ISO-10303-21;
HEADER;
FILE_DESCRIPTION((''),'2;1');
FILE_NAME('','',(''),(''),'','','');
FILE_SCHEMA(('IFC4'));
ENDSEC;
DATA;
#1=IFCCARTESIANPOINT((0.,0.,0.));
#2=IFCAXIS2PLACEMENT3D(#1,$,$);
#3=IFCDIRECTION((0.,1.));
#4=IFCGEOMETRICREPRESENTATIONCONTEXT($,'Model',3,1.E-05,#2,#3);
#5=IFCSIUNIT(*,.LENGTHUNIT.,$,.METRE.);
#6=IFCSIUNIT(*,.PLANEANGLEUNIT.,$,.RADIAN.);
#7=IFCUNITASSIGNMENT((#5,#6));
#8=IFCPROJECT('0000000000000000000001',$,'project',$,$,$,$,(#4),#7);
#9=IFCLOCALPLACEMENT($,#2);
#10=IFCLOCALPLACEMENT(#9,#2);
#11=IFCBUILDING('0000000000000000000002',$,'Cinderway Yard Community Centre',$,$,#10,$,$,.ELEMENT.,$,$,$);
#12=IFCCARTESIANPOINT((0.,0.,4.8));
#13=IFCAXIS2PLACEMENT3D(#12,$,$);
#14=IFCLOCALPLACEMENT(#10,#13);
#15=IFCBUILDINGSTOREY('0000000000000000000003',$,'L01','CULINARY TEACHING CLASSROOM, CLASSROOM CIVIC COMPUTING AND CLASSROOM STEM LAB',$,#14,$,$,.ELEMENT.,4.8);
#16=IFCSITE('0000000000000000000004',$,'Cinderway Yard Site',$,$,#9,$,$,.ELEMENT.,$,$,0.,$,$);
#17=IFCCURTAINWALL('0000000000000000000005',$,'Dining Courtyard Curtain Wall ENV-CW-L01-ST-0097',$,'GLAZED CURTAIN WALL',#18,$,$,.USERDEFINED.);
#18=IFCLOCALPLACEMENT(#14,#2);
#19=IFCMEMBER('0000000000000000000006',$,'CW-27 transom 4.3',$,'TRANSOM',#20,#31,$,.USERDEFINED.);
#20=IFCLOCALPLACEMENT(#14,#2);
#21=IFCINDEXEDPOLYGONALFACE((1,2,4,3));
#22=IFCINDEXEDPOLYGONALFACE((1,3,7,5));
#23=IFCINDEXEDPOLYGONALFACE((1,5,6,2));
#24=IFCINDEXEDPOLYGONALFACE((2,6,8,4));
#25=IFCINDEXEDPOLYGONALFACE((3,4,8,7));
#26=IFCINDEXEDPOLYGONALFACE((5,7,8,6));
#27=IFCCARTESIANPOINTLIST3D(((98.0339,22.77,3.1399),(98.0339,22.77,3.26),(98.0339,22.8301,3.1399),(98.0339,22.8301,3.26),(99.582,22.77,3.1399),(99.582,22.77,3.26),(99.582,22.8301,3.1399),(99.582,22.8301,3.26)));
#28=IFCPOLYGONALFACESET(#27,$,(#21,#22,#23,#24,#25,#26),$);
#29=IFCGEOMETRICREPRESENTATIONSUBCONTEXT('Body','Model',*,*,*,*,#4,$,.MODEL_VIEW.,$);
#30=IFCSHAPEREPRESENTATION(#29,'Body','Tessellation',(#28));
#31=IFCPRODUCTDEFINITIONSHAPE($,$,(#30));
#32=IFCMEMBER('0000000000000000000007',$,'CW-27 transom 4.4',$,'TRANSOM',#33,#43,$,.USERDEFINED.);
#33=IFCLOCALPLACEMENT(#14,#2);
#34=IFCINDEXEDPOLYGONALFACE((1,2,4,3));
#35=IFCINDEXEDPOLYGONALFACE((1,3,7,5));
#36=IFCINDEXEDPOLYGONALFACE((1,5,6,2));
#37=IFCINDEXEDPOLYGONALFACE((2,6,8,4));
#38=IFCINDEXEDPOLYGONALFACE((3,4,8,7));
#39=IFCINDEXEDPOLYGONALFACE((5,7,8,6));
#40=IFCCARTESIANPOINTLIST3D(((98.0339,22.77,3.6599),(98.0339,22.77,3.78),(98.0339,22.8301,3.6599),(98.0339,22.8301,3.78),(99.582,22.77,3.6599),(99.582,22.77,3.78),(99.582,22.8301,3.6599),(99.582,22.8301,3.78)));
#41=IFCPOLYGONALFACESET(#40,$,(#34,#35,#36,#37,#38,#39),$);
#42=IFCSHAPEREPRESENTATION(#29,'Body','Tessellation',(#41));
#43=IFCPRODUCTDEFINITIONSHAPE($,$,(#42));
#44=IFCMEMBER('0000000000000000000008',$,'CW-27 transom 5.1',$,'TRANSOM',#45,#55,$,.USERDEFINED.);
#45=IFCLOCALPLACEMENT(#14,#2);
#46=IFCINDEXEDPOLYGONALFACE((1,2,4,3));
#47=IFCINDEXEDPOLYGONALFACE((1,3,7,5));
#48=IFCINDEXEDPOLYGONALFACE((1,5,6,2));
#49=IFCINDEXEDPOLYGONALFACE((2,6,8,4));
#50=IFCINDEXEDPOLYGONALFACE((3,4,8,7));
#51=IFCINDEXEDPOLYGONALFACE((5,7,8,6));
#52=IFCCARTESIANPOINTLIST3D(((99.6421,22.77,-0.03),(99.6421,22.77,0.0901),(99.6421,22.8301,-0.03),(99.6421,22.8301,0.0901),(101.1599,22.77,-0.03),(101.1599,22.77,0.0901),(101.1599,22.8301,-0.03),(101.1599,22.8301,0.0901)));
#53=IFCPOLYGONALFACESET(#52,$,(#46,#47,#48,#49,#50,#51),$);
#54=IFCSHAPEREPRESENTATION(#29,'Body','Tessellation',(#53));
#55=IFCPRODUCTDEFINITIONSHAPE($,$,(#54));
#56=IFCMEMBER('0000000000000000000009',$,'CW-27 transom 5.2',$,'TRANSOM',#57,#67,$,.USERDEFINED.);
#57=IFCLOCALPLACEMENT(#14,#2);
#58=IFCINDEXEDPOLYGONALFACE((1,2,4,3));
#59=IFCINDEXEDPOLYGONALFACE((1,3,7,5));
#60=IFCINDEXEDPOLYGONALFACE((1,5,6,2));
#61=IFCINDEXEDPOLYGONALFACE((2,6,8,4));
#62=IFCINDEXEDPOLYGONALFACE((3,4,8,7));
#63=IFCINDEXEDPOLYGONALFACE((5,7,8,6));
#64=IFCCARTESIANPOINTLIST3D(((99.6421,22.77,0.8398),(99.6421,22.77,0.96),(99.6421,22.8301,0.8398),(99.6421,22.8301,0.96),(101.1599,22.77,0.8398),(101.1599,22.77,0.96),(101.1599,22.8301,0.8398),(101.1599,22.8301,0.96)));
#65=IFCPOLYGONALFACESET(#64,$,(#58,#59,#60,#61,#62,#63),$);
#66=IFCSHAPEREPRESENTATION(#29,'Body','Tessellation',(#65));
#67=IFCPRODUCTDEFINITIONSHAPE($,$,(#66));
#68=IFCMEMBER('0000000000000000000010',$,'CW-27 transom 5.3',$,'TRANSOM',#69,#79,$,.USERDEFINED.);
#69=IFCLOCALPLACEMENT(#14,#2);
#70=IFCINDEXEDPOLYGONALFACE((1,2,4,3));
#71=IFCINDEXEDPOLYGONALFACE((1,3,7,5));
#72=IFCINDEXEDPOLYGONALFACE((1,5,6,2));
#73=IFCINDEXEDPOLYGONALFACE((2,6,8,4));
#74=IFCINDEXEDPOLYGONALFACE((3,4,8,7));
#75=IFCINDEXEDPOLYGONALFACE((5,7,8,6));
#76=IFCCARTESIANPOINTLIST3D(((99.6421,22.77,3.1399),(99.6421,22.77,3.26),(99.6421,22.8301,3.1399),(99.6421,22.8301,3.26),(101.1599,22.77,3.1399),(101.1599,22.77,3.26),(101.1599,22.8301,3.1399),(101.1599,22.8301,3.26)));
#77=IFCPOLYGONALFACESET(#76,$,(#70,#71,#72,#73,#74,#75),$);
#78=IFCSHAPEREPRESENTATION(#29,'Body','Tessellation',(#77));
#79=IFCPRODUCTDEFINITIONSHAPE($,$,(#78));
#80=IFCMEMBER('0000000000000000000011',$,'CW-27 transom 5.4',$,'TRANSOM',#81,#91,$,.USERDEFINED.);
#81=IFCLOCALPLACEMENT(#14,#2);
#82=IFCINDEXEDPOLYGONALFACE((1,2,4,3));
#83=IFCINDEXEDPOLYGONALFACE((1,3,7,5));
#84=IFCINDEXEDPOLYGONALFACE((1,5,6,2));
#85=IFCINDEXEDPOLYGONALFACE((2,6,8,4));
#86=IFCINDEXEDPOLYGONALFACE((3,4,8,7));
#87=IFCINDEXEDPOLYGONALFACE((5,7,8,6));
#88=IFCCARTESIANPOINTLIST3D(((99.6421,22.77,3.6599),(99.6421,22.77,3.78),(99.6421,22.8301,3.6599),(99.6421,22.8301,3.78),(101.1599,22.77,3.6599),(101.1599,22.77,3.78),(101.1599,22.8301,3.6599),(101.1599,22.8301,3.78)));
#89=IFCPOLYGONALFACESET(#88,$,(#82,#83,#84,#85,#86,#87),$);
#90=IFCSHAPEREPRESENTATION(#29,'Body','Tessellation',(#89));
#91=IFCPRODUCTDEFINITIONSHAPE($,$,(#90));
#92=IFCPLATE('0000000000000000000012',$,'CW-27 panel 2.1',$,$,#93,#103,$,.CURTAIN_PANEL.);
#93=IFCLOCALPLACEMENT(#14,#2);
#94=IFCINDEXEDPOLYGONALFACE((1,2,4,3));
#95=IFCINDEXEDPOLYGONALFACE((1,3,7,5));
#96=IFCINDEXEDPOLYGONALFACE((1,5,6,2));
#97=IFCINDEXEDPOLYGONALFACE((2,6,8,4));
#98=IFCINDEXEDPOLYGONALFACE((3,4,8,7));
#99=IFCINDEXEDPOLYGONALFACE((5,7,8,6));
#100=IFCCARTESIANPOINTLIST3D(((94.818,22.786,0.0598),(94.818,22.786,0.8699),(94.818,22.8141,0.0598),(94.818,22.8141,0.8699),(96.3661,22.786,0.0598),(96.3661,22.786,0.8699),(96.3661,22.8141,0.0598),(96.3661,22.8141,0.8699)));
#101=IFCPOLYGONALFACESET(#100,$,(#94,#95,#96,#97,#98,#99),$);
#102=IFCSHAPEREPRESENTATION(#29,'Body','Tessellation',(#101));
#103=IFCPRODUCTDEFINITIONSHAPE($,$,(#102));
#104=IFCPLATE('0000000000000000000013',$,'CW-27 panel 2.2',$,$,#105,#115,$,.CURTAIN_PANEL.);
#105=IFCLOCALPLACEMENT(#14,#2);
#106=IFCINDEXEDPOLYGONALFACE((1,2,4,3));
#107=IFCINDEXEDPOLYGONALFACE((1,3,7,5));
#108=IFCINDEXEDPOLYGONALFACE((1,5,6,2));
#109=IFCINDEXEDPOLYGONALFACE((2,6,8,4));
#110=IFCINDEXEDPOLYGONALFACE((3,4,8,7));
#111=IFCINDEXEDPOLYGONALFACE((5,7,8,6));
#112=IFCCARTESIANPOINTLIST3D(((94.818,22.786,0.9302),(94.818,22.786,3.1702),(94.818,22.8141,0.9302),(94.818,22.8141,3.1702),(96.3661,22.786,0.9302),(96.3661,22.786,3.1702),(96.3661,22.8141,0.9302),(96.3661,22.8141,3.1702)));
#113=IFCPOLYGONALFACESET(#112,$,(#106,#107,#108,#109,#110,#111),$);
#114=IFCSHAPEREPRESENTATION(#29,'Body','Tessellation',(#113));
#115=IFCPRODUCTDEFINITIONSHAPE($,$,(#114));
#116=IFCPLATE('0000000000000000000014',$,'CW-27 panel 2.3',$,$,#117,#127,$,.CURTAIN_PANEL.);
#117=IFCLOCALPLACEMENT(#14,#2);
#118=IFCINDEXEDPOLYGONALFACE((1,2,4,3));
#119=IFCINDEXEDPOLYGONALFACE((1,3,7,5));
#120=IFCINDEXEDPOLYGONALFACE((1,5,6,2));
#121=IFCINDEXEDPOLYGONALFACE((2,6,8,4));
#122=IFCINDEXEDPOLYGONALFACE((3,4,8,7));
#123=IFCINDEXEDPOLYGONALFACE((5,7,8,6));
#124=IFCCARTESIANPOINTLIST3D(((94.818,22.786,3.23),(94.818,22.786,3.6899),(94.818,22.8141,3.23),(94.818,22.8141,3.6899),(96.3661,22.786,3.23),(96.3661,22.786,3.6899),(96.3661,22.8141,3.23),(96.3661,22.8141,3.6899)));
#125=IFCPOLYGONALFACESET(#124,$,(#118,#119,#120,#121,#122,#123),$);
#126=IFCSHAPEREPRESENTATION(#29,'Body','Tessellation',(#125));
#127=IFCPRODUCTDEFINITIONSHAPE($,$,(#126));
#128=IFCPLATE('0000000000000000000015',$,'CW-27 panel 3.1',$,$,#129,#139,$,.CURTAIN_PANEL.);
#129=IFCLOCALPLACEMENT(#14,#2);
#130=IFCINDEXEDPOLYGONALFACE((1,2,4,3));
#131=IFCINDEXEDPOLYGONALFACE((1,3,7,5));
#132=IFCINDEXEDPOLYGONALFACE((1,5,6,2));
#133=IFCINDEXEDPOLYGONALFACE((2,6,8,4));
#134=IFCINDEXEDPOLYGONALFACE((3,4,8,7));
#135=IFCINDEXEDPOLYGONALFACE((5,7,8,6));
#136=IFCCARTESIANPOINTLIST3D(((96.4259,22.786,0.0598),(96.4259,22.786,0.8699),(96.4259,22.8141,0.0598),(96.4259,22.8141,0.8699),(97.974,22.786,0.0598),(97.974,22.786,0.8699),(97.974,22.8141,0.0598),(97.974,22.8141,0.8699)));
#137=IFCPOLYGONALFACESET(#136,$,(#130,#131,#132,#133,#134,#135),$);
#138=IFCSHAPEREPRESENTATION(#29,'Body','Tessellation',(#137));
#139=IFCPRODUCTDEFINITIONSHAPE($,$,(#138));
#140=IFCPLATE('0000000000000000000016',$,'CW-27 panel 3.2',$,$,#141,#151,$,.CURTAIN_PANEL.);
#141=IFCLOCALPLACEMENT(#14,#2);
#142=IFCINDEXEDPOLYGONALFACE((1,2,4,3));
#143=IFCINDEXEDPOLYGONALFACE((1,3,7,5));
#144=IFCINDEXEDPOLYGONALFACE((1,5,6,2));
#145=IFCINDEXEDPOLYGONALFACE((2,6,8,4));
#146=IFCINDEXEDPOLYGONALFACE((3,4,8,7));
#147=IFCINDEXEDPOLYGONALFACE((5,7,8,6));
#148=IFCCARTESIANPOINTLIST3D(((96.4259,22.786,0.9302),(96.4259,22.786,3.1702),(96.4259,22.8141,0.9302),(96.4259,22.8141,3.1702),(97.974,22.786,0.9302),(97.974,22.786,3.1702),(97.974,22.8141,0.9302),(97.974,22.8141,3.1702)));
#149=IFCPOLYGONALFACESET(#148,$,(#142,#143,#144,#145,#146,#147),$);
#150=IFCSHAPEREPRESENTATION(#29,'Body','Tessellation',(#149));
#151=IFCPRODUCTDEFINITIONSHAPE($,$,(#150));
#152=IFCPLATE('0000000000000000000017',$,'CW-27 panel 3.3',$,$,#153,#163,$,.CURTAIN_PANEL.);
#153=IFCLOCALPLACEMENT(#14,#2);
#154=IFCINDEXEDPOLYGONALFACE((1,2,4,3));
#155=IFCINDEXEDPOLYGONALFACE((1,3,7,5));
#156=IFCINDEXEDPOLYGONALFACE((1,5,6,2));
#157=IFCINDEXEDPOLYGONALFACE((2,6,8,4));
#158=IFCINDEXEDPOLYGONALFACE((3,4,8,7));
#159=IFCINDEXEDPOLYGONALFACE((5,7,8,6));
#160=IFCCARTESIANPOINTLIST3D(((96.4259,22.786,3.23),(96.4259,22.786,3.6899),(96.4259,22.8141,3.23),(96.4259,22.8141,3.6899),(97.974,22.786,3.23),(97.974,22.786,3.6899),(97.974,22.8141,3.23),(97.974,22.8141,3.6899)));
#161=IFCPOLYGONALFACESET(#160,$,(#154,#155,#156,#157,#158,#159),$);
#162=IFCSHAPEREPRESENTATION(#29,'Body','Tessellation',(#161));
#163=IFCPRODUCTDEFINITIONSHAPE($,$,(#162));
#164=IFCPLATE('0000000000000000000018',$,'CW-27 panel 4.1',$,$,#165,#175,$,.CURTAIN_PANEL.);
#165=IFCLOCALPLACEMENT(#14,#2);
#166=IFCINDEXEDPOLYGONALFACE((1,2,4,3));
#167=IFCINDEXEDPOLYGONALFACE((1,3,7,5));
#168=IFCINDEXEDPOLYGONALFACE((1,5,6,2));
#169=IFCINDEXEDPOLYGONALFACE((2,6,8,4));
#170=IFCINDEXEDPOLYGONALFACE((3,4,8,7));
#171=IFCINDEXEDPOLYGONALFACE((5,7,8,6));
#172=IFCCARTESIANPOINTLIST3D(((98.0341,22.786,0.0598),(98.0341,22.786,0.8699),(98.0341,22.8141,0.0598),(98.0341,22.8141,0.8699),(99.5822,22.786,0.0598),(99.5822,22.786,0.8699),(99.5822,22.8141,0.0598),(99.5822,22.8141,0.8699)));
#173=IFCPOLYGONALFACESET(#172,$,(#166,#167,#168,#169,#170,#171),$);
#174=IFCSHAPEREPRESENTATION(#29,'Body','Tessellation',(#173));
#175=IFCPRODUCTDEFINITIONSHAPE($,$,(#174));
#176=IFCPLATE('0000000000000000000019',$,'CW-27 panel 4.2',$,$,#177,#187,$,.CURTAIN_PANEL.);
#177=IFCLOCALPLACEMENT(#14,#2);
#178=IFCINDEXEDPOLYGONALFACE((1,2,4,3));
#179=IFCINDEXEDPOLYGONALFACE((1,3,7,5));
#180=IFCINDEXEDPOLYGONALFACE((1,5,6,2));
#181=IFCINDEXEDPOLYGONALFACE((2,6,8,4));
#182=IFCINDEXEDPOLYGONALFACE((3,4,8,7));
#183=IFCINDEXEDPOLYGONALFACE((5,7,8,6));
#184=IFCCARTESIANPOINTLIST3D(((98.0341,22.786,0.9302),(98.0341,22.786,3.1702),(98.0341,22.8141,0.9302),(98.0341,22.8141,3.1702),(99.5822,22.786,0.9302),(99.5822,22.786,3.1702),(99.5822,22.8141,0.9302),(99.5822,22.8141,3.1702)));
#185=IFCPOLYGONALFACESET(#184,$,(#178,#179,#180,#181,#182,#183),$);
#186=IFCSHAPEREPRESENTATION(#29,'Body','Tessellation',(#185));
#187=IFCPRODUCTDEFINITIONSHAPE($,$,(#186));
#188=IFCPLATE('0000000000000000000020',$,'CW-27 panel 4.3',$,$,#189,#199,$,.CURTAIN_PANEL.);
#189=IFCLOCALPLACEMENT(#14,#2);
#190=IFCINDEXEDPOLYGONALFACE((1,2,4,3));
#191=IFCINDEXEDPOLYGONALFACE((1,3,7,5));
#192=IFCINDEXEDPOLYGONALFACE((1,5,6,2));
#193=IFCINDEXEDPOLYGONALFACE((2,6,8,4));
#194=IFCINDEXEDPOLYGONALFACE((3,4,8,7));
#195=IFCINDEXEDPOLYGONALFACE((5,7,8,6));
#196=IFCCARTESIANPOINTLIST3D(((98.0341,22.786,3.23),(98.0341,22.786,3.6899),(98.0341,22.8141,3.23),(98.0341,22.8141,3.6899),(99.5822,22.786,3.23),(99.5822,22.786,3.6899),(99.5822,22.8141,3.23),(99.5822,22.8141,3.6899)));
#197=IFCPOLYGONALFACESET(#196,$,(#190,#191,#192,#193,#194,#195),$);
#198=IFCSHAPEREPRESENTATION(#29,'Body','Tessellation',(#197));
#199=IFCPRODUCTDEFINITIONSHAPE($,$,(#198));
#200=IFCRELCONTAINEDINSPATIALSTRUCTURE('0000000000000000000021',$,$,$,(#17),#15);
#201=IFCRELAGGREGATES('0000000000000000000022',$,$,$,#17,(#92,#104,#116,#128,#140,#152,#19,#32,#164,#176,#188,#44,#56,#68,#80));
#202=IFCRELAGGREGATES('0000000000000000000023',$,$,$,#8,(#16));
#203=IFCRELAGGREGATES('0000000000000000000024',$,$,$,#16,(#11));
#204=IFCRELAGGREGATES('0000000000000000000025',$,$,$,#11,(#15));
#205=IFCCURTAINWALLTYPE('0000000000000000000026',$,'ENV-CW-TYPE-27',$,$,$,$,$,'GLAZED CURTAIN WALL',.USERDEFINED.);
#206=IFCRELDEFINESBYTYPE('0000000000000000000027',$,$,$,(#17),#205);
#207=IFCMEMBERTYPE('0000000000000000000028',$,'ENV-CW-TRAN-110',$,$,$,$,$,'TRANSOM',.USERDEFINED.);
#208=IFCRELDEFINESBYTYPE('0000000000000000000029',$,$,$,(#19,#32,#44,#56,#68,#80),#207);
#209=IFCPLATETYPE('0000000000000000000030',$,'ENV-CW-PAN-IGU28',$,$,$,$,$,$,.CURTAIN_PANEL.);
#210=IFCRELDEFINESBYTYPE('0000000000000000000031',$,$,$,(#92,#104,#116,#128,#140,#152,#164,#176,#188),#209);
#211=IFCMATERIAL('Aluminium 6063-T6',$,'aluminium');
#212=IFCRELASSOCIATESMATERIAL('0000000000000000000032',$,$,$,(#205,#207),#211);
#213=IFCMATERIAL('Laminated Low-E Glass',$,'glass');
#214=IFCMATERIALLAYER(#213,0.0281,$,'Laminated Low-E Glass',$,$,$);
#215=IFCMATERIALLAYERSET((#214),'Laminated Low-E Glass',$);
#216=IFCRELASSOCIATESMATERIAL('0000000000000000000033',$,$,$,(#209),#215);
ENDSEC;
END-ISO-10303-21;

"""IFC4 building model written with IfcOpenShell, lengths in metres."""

from ifc_helpers import new_model, si_unit, direction, frame, origin, origin_2d, place, context, subcontext, project, spatial, rectangle, extrude, material, layer, layer_set, material_profile, profile_set, type_object, element, aggregate, save


model = new_model("IFC4")

# Units and contexts
model_context = context("Model", 3, precision=1e-05, world=origin(), true_north=direction((0.0, 1.0)))
body_context = subcontext(model_context, "Body", "Model", "MODEL_VIEW")
ifc_project = project(units=[si_unit("LENGTHUNIT", "METRE"), si_unit("PLANEANGLEUNIT", "RADIAN")], contexts=[model_context])

# Site, building, storey
site_placement = place(None, origin())
site = spatial("IfcSite", under=ifc_project, at=site_placement, Name="Cinderway Yard Site", CompositionType="ELEMENT", RefElevation=0.0)
building_placement = place(site_placement, origin())
building = spatial("IfcBuilding", under=site, at=building_placement, Name="Cinderway Yard Community Centre", CompositionType="ELEMENT")
storey_placement = place(building_placement, frame((0.0, 0.0, 4.8)))
storey = spatial("IfcBuildingStorey", under=building, at=storey_placement, Name="L01", Description="CULINARY TEACHING CLASSROOM, CLASSROOM CIVIC COMPUTING AND CLASSROOM STEM LAB", CompositionType="ELEMENT", Elevation=4.8)

# Curtain wall, members, plates
ifc_material_1 = material(Name="Aluminium 6063-T6", Category="aluminium")
curtain_wall_type = type_object("IfcCurtainWallType", Name="ENV-CW-TYPE-27", ElementType="GLAZED CURTAIN WALL", PredefinedType="USERDEFINED", material=ifc_material_1)
curtain_wall_placement = place(storey_placement, origin())
curtain_wall = element("IfcCurtainWall", 1, at=curtain_wall_placement, inside=storey, type_object=curtain_wall_type, Name="Dining Courtyard Curtain Wall ENV-CW-L01-ST-0097", ObjectType="GLAZED CURTAIN WALL", PredefinedType="USERDEFINED")
ifc_material_profile_1 = material_profile(ifc_material_1, rectangle(XDim=0.0601, YDim=0.1201, at=origin_2d()), Name="Aluminium 6063-T6")
ifc_profile_set_1 = profile_set([ifc_material_profile_1], Name="Aluminium 6063-T6")
member_type_1 = type_object("IfcMemberType", Name="ENV-CW-TRAN-110", ElementType="TRANSOM", PredefinedType="USERDEFINED", material=ifc_profile_set_1)
member_1_placement = place(storey_placement, frame((98.0339, 22.8, 3.2), z_axis=(1.0, 0.0, 0.0), x_axis=(0.0, 1.0, 0.0)))
member_1 = element("IfcMember", 2, at=member_1_placement, type_object=member_type_1, Name="CW-27 transom 4.3", ObjectType="TRANSOM", PredefinedType="USERDEFINED", context=body_context, shape_type="SweptSolid", body=[
    extrude(rectangle(XDim=0.0601, YDim=0.1201, at=origin_2d()), origin(), (0.0, 0.0, 1.0), 1.5481),
])
member_2_placement = place(storey_placement, frame((98.0339, 22.8, 3.72), z_axis=(1.0, 0.0, 0.0), x_axis=(0.0, 1.0, 0.0)))
member_2 = element("IfcMember", 3, at=member_2_placement, type_object=member_type_1, Name="CW-27 transom 4.4", ObjectType="TRANSOM", PredefinedType="USERDEFINED", context=body_context, shape_type="SweptSolid", body=[
    extrude(rectangle(XDim=0.0601, YDim=0.1201, at=origin_2d()), origin(), (0.0, 0.0, 1.0), 1.5481),
])
member_3_placement = place(storey_placement, frame((99.6421, 22.8, 0.03), z_axis=(1.0, 0.0, 0.0), x_axis=(0.0, 1.0, 0.0)))
member_3 = element("IfcMember", 4, at=member_3_placement, type_object=member_type_1, Name="CW-27 transom 5.1", ObjectType="TRANSOM", PredefinedType="USERDEFINED", context=body_context, shape_type="SweptSolid", body=[
    extrude(rectangle(XDim=0.0601, YDim=0.1201, at=origin_2d()), origin(), (0.0, 0.0, 1.0), 1.5178),
])
member_4_placement = place(storey_placement, frame((99.6421, 22.8, 0.8999), z_axis=(1.0, 0.0, 0.0), x_axis=(0.0, 1.0, 0.0)))
member_4 = element("IfcMember", 5, at=member_4_placement, type_object=member_type_1, Name="CW-27 transom 5.2", ObjectType="TRANSOM", PredefinedType="USERDEFINED", context=body_context, shape_type="SweptSolid", body=[
    extrude(rectangle(XDim=0.0601, YDim=0.1201, at=origin_2d()), origin(), (0.0, 0.0, 1.0), 1.5178),
])
member_5_placement = place(storey_placement, frame((99.6421, 22.8, 3.2), z_axis=(1.0, 0.0, 0.0), x_axis=(0.0, 1.0, 0.0)))
member_5 = element("IfcMember", 6, at=member_5_placement, type_object=member_type_1, Name="CW-27 transom 5.3", ObjectType="TRANSOM", PredefinedType="USERDEFINED", context=body_context, shape_type="SweptSolid", body=[
    extrude(rectangle(XDim=0.0601, YDim=0.1201, at=origin_2d()), origin(), (0.0, 0.0, 1.0), 1.5178),
])
member_6_placement = place(storey_placement, frame((99.6421, 22.8, 3.72), z_axis=(1.0, 0.0, 0.0), x_axis=(0.0, 1.0, 0.0)))
member_6 = element("IfcMember", 7, at=member_6_placement, type_object=member_type_1, Name="CW-27 transom 5.4", ObjectType="TRANSOM", PredefinedType="USERDEFINED", context=body_context, shape_type="SweptSolid", body=[
    extrude(rectangle(XDim=0.0601, YDim=0.1201, at=origin_2d()), origin(), (0.0, 0.0, 1.0), 1.5178),
])
ifc_material_2 = material(Name="Laminated Low-E Glass", Category="glass")
ifc_layer = layer(ifc_material_2, 0.0281, Name="Laminated Low-E Glass")
ifc_layer_set = layer_set([ifc_layer], Name="Laminated Low-E Glass")
plate_type = type_object("IfcPlateType", Name="ENV-CW-PAN-IGU28", PredefinedType="CURTAIN_PANEL", material=ifc_layer_set)
plate_1_placement = place(storey_placement, frame((95.592, 22.8, 0.0598), z_axis=(0.0, 0.0, 1.0), x_axis=(1.0, 0.0, 0.0)))
plate_1 = element("IfcPlate", 8, at=plate_1_placement, type_object=plate_type, Name="CW-27 panel 2.1", PredefinedType="CURTAIN_PANEL", context=body_context, shape_type="SweptSolid", body=[
    extrude(rectangle(XDim=1.5481, YDim=0.0281, at=origin_2d()), origin(), (0.0, 0.0, 1.0), 0.8101),
])
plate_2_placement = place(storey_placement, frame((95.592, 22.8, 0.9302), z_axis=(0.0, 0.0, 1.0), x_axis=(1.0, 0.0, 0.0)))
plate_2 = element("IfcPlate", 9, at=plate_2_placement, type_object=plate_type, Name="CW-27 panel 2.2", PredefinedType="CURTAIN_PANEL", context=body_context, shape_type="SweptSolid", body=[
    extrude(rectangle(XDim=1.5481, YDim=0.0281, at=origin_2d()), origin(), (0.0, 0.0, 1.0), 2.24),
])
plate_3_placement = place(storey_placement, frame((95.592, 22.8, 3.23), z_axis=(0.0, 0.0, 1.0), x_axis=(1.0, 0.0, 0.0)))
plate_3 = element("IfcPlate", 10, at=plate_3_placement, type_object=plate_type, Name="CW-27 panel 2.3", PredefinedType="CURTAIN_PANEL", context=body_context, shape_type="SweptSolid", body=[
    extrude(rectangle(XDim=1.5481, YDim=0.0281, at=origin_2d()), origin(), (0.0, 0.0, 1.0), 0.46),
])
plate_4_placement = place(storey_placement, frame((97.2, 22.8, 0.0598), z_axis=(0.0, 0.0, 1.0), x_axis=(1.0, 0.0, 0.0)))
plate_4 = element("IfcPlate", 11, at=plate_4_placement, type_object=plate_type, Name="CW-27 panel 3.1", PredefinedType="CURTAIN_PANEL", context=body_context, shape_type="SweptSolid", body=[
    extrude(rectangle(XDim=1.5481, YDim=0.0281, at=origin_2d()), origin(), (0.0, 0.0, 1.0), 0.8101),
])
plate_5_placement = place(storey_placement, frame((97.2, 22.8, 0.9302), z_axis=(0.0, 0.0, 1.0), x_axis=(1.0, 0.0, 0.0)))
plate_5 = element("IfcPlate", 12, at=plate_5_placement, type_object=plate_type, Name="CW-27 panel 3.2", PredefinedType="CURTAIN_PANEL", context=body_context, shape_type="SweptSolid", body=[
    extrude(rectangle(XDim=1.5481, YDim=0.0281, at=origin_2d()), origin(), (0.0, 0.0, 1.0), 2.24),
])
plate_6_placement = place(storey_placement, frame((97.2, 22.8, 3.23), z_axis=(0.0, 0.0, 1.0), x_axis=(1.0, 0.0, 0.0)))
plate_6 = element("IfcPlate", 13, at=plate_6_placement, type_object=plate_type, Name="CW-27 panel 3.3", PredefinedType="CURTAIN_PANEL", context=body_context, shape_type="SweptSolid", body=[
    extrude(rectangle(XDim=1.5481, YDim=0.0281, at=origin_2d()), origin(), (0.0, 0.0, 1.0), 0.46),
])
plate_7_placement = place(storey_placement, frame((98.8081, 22.8, 0.0598), z_axis=(0.0, 0.0, 1.0), x_axis=(1.0, 0.0, 0.0)))
plate_7 = element("IfcPlate", 14, at=plate_7_placement, type_object=plate_type, Name="CW-27 panel 4.1", PredefinedType="CURTAIN_PANEL", context=body_context, shape_type="SweptSolid", body=[
    extrude(rectangle(XDim=1.5481, YDim=0.0281, at=origin_2d()), origin(), (0.0, 0.0, 1.0), 0.8101),
])
plate_8_placement = place(storey_placement, frame((98.8081, 22.8, 0.9302), z_axis=(0.0, 0.0, 1.0), x_axis=(1.0, 0.0, 0.0)))
plate_8 = element("IfcPlate", 15, at=plate_8_placement, type_object=plate_type, Name="CW-27 panel 4.2", PredefinedType="CURTAIN_PANEL", context=body_context, shape_type="SweptSolid", body=[
    extrude(rectangle(XDim=1.5481, YDim=0.0281, at=origin_2d()), origin(), (0.0, 0.0, 1.0), 2.24),
])
plate_9_placement = place(storey_placement, frame((98.8081, 22.8, 3.23), z_axis=(0.0, 0.0, 1.0), x_axis=(1.0, 0.0, 0.0)))
plate_9 = element("IfcPlate", 16, at=plate_9_placement, type_object=plate_type, Name="CW-27 panel 4.3", PredefinedType="CURTAIN_PANEL", context=body_context, shape_type="SweptSolid", body=[
    extrude(rectangle(XDim=1.5481, YDim=0.0281, at=origin_2d()), origin(), (0.0, 0.0, 1.0), 0.46),
])
aggregate(curtain_wall, [plate_1, plate_2, plate_3, plate_4, plate_5, plate_6, member_1, member_2, plate_7, plate_8, plate_9, member_3, member_4, member_5, member_6])

save(model, "model.ifc")
